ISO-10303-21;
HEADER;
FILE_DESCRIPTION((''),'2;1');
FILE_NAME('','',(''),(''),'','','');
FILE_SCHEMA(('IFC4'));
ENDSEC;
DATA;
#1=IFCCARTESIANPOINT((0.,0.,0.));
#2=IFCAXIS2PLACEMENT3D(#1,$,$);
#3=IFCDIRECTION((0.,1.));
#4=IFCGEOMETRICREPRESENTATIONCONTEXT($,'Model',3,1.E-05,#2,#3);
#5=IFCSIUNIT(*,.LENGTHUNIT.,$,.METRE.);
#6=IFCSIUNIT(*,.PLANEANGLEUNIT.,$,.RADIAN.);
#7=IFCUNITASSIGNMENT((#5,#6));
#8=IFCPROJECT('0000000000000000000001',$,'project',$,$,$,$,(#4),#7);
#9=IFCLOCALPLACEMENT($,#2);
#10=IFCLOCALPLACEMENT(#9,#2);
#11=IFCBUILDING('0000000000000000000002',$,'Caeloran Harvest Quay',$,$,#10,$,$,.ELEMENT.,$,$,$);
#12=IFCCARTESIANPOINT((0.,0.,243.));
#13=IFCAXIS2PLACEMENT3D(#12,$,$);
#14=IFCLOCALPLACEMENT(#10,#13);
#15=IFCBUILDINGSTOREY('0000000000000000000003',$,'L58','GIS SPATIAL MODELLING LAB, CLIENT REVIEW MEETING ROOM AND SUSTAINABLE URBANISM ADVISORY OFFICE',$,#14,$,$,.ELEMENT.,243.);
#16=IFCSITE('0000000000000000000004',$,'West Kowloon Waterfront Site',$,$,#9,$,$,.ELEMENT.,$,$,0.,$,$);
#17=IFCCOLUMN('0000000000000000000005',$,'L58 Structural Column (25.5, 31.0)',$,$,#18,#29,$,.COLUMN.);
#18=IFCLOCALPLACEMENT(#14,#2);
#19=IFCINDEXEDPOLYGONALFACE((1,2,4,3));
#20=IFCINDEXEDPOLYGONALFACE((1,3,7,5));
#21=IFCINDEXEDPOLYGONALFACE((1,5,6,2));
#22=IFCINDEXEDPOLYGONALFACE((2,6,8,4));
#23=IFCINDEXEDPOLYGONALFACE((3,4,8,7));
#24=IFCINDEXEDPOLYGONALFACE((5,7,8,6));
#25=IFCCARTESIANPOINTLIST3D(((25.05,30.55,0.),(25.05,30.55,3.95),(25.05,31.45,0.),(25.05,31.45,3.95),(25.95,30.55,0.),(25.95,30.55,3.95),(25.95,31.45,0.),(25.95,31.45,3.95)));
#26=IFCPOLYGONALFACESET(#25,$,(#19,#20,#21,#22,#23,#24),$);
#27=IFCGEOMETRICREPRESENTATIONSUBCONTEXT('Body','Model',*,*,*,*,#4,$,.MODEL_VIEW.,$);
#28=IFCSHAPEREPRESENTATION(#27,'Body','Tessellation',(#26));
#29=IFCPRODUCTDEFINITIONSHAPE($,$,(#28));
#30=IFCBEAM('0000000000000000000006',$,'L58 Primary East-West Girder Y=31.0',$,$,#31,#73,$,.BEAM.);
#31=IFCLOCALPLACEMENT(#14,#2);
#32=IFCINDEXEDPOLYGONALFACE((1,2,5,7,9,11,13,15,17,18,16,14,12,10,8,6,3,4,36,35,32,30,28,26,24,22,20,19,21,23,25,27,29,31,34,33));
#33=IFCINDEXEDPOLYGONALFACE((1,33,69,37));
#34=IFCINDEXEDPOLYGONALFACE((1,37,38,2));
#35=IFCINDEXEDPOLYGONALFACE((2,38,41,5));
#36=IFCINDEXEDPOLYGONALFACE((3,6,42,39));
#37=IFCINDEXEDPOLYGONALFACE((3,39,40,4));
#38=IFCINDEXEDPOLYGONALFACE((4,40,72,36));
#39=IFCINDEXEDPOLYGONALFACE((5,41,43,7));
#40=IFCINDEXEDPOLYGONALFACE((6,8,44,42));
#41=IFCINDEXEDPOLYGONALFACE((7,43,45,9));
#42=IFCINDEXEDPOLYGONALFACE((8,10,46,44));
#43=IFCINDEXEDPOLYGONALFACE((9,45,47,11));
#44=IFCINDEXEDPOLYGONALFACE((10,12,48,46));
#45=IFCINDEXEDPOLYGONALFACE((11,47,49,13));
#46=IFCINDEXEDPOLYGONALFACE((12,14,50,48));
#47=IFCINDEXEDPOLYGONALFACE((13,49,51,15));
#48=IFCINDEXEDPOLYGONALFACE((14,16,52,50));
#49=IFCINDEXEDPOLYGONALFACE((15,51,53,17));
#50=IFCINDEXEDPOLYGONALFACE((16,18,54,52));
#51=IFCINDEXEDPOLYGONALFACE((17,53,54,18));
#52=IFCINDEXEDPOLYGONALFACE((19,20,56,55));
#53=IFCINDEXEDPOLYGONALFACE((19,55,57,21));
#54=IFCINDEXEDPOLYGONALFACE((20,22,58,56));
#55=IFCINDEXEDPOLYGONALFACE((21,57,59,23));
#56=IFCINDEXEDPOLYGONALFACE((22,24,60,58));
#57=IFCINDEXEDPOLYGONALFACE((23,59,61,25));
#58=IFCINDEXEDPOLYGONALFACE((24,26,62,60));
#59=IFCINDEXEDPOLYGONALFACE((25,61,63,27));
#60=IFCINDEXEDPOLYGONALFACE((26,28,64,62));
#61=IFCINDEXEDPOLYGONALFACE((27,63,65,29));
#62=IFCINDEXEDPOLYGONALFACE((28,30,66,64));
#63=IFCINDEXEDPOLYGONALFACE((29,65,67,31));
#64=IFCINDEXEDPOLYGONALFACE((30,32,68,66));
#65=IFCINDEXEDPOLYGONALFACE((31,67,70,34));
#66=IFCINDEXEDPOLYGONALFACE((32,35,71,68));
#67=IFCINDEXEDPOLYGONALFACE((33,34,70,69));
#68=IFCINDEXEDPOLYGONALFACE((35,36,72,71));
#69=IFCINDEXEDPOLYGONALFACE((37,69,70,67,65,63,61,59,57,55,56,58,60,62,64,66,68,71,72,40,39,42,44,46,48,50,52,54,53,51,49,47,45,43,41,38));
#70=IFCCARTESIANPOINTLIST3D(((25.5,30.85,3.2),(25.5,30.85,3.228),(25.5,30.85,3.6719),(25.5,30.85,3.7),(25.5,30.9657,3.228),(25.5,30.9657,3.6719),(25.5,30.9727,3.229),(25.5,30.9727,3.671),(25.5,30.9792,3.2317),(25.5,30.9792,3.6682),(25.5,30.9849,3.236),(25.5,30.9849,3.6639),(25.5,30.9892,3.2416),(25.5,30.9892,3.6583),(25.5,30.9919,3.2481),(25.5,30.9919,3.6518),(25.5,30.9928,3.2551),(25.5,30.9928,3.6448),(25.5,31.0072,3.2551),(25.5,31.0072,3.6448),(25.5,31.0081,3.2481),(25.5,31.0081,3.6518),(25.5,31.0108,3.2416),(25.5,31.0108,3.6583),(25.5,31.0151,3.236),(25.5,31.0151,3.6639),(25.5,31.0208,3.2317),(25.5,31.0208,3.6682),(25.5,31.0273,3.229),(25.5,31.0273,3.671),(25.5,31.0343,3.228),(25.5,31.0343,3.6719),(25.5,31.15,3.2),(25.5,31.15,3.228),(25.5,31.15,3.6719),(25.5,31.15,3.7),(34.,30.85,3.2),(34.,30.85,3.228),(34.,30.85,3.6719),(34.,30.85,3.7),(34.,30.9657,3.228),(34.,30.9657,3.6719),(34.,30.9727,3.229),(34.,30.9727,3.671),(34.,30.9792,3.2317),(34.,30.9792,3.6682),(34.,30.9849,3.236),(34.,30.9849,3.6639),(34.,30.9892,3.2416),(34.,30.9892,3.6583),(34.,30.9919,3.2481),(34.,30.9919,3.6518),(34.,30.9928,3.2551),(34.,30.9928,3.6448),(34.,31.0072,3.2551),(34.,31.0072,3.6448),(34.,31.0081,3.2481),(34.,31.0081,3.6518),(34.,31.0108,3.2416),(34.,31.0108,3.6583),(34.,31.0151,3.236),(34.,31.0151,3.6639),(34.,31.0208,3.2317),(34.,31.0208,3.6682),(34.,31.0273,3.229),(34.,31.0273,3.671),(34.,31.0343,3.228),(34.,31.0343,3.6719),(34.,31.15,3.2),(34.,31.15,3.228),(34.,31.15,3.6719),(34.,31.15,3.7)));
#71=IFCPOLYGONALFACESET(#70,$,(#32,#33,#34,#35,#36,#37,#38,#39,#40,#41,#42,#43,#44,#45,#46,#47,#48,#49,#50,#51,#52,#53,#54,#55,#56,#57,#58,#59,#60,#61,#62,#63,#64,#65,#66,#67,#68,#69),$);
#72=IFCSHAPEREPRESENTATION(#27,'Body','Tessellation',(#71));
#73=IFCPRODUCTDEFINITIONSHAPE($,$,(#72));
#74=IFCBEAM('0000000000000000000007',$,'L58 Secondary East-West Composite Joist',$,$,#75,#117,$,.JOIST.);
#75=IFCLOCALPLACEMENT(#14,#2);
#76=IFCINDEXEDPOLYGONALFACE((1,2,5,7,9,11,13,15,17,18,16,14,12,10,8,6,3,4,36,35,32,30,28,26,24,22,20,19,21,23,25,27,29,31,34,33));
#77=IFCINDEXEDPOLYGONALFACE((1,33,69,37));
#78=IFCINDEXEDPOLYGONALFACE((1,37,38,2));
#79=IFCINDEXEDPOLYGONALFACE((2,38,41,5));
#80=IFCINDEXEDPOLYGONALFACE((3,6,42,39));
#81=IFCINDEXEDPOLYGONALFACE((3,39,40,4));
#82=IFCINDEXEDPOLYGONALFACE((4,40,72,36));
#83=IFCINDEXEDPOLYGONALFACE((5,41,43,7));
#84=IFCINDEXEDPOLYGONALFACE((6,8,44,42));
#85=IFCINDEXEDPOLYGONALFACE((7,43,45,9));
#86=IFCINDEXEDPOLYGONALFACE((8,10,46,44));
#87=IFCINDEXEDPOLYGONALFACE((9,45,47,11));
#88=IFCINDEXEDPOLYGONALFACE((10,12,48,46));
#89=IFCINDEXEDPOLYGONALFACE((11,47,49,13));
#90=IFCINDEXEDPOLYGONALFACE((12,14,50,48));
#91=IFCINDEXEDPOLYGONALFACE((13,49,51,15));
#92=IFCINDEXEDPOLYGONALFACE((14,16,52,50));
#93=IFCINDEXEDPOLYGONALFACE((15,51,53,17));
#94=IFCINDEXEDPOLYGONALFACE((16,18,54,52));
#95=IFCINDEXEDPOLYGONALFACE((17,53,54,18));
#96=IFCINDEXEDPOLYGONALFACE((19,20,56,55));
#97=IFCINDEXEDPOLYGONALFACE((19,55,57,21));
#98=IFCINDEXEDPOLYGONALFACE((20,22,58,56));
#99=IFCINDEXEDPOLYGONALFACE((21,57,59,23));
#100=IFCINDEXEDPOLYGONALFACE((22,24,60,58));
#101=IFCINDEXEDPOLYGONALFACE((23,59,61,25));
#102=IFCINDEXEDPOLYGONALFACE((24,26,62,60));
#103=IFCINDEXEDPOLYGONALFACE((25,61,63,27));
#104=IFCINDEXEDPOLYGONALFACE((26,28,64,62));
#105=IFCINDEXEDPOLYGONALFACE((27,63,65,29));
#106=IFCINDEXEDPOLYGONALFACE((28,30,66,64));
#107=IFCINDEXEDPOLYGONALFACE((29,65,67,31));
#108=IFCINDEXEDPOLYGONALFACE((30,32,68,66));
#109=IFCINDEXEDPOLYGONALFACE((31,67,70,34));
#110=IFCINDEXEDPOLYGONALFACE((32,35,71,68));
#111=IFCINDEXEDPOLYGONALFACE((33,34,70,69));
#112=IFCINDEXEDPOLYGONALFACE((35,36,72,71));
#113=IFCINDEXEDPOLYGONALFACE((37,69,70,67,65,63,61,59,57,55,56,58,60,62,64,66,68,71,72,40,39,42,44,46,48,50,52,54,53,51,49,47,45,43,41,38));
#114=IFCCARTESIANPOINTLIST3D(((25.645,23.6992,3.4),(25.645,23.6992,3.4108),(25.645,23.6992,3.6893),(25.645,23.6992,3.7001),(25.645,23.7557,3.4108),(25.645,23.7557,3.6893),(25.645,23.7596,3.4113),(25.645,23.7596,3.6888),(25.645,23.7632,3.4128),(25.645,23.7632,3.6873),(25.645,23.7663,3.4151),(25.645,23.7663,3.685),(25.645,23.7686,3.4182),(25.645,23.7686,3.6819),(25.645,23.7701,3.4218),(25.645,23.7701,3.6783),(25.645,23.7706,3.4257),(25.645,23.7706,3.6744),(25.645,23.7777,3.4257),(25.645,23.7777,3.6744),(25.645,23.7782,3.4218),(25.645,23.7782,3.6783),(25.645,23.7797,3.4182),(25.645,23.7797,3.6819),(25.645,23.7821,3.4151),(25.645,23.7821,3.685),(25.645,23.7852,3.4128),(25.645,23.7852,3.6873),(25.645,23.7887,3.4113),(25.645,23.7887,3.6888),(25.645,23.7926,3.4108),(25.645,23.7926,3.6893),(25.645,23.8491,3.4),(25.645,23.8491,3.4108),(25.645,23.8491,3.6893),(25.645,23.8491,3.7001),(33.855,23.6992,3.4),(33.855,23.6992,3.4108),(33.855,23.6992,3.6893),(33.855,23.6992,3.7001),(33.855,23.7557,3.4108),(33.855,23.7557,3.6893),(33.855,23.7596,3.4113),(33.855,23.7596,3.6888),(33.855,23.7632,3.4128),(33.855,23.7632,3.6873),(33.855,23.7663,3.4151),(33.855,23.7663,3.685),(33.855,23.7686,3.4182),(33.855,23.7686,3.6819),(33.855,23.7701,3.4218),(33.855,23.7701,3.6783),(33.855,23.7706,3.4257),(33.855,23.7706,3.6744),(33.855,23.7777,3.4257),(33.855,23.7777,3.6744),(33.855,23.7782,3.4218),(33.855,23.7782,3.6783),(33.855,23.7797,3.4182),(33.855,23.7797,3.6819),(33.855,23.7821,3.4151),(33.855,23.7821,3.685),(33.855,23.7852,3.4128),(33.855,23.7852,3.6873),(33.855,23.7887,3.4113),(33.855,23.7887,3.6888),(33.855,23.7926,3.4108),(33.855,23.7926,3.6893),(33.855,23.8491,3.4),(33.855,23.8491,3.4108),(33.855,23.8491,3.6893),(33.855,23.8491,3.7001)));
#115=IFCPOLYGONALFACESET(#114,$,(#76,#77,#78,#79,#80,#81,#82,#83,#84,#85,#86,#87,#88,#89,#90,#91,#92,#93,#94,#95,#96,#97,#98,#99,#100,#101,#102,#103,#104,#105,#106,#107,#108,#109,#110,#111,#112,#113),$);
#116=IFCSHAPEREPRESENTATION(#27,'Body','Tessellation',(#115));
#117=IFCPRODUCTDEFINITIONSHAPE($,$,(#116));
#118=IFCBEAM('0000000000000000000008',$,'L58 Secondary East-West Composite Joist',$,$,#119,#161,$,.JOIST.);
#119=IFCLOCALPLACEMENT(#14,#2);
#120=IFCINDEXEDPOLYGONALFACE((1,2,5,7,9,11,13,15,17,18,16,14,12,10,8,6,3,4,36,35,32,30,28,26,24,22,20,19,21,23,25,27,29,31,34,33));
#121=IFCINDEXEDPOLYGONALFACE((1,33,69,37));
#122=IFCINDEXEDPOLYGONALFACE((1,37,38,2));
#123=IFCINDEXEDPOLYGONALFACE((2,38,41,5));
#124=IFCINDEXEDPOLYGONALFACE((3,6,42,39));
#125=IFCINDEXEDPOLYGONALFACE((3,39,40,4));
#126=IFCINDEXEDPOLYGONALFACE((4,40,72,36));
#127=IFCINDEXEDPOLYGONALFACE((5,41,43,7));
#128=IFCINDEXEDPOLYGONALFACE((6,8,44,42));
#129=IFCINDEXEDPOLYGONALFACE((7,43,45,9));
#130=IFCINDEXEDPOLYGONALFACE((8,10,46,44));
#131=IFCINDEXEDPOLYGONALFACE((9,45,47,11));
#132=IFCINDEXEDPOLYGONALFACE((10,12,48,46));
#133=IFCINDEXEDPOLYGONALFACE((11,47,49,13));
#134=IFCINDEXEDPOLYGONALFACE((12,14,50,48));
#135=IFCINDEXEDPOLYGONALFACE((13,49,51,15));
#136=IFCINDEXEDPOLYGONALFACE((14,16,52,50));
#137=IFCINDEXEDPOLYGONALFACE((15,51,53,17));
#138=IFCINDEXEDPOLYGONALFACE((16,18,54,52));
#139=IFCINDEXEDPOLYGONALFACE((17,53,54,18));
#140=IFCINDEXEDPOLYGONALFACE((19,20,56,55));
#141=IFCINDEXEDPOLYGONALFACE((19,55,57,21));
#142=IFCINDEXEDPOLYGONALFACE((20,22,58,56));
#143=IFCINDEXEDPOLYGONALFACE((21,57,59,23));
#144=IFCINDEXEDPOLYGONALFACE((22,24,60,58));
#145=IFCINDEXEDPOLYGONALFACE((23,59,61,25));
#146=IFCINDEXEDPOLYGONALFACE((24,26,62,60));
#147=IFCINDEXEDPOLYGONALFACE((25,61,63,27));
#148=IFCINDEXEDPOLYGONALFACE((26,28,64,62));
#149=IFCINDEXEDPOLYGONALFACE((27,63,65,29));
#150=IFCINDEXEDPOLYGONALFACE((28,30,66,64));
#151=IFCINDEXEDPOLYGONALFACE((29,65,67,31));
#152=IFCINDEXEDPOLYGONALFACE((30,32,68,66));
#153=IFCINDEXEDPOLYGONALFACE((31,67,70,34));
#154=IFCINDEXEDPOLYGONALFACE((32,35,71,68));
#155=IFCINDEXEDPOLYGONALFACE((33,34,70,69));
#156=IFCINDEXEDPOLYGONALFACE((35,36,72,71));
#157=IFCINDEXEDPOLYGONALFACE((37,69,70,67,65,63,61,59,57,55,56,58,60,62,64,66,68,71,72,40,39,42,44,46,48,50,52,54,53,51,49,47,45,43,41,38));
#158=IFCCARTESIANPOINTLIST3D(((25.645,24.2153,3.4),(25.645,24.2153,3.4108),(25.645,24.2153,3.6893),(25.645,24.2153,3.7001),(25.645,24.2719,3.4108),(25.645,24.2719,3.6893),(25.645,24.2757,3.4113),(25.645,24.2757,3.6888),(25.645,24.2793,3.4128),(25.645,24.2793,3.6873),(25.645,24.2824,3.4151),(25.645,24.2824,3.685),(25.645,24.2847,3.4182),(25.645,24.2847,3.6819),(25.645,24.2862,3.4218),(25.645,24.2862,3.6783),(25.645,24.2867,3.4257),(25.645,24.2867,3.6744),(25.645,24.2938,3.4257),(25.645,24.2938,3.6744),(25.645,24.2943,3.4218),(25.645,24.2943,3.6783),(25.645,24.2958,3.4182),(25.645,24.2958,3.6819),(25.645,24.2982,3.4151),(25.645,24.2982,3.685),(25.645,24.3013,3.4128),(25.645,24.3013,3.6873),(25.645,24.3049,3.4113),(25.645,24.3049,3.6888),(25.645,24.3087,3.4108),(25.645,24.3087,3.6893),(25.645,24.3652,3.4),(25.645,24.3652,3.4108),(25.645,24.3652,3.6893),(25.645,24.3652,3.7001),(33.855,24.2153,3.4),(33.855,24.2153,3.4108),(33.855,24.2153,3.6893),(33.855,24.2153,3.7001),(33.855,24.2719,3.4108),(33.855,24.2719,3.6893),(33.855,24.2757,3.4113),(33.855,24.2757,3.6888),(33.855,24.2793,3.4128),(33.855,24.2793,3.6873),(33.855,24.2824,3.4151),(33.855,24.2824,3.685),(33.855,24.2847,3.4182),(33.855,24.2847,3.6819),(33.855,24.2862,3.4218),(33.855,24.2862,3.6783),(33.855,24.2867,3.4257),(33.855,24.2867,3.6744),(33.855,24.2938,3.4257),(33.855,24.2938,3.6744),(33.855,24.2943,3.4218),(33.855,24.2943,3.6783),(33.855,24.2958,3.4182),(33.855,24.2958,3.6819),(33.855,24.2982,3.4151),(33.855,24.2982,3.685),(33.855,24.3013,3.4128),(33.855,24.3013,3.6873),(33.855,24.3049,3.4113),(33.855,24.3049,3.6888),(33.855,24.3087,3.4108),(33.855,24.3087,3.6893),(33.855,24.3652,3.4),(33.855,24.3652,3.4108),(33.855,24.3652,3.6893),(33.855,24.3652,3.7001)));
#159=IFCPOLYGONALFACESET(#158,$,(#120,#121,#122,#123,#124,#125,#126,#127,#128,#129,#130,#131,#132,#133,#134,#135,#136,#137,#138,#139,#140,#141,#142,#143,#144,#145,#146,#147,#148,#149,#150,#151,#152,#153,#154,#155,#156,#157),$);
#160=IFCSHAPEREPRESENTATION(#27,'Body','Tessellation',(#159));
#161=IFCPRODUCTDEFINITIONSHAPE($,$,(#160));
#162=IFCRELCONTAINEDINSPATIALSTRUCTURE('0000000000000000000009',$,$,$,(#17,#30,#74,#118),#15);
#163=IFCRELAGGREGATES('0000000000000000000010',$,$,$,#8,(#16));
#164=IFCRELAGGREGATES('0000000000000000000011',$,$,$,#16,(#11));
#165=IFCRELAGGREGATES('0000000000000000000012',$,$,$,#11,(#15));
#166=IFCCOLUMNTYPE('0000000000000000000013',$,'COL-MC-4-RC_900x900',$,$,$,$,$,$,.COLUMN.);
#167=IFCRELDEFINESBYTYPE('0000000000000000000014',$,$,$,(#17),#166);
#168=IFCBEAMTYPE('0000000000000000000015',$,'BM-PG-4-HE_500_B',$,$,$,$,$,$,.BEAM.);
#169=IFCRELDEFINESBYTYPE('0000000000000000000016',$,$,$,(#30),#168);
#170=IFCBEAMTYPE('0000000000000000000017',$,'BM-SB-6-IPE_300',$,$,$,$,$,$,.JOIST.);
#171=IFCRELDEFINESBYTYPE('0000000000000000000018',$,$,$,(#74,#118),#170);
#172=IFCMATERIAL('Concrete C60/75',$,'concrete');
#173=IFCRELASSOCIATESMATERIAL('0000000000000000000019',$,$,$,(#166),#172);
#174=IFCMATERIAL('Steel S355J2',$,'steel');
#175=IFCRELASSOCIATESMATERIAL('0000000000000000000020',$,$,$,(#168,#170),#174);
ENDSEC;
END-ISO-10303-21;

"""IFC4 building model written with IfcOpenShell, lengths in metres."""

from ifc_helpers import new_model, si_unit, direction, frame, origin, origin_2d, place, context, subcontext, project, spatial, rectangle, i_section, extrude, material, material_profile, profile_set, type_object, element, save


model = new_model("IFC4")

# Units and contexts
model_context = context("Model", 3, precision=1e-05, world=origin(), true_north=direction((0.0, 1.0)))
body_context = subcontext(model_context, "Body", "Model", "MODEL_VIEW")
ifc_project = project(units=[si_unit("LENGTHUNIT", "METRE"), si_unit("PLANEANGLEUNIT", "RADIAN")], contexts=[model_context])

# Site, building, storey
site_placement = place(None, origin())
site = spatial("IfcSite", under=ifc_project, at=site_placement, Name="West Kowloon Waterfront Site", CompositionType="ELEMENT", RefElevation=0.0)
building_placement = place(site_placement, origin())
building = spatial("IfcBuilding", under=site, at=building_placement, Name="Caeloran Harvest Quay", CompositionType="ELEMENT")
storey_placement = place(building_placement, frame((0.0, 0.0, 243.0)))
storey = spatial("IfcBuildingStorey", under=building, at=storey_placement, Name="L58", Description="GIS SPATIAL MODELLING LAB, CLIENT REVIEW MEETING ROOM AND SUSTAINABLE URBANISM ADVISORY OFFICE", CompositionType="ELEMENT", Elevation=243.0)

# Column
ifc_material_1 = material(Name="Concrete C60/75", Category="concrete")
ifc_material_profile_1 = material_profile(ifc_material_1, rectangle(XDim=0.8999, YDim=0.8999, at=origin_2d()), Name="RC 900x900")
ifc_profile_set_1 = profile_set([ifc_material_profile_1], Name="Concrete C60/75")
column_type = type_object("IfcColumnType", Name="COL-MC-4-RC_900x900", PredefinedType="COLUMN", material=ifc_profile_set_1)
column_placement = place(storey_placement, frame((25.5, 31.0, 0.0), z_axis=(0.0, 0.0, 1.0), x_axis=(1.0, 0.0, 0.0)))
element("IfcColumn", 1, at=column_placement, inside=storey, type_object=column_type, Name="L58 Structural Column (25.5, 31.0)", PredefinedType="COLUMN", context=body_context, shape_type="SweptSolid", body=[
    extrude(rectangle(XDim=0.8999, YDim=0.8999, at=origin_2d()), origin(), (0.0, 0.0, 1.0), 3.95),
])

# Beams
ifc_material_2 = material(Name="Steel S355J2", Category="steel")
ifc_material_profile_2 = material_profile(ifc_material_2, i_section(OverallWidth=0.3, OverallDepth=0.5, WebThickness=0.0144, FlangeThickness=0.0281, FilletRadius=0.0271, at=origin_2d()), Name="HE 500 B")
ifc_profile_set_2 = profile_set([ifc_material_profile_2], Name="Steel S355J2")
beam_type_1 = type_object("IfcBeamType", Name="BM-PG-4-HE_500_B", PredefinedType="BEAM", material=ifc_profile_set_2)
beam_1_placement = place(storey_placement, frame((25.5, 31.0, 3.45), z_axis=(1.0, 0.0, 0.0), x_axis=(0.0, 1.0, 0.0)))
element("IfcBeam", 2, at=beam_1_placement, inside=storey, type_object=beam_type_1, Name="L58 Primary East-West Girder Y=31.0", PredefinedType="BEAM", context=body_context, shape_type="SweptSolid", body=[
    extrude(i_section(OverallWidth=0.3, OverallDepth=0.5, WebThickness=0.0144, FlangeThickness=0.0281, FilletRadius=0.0271, at=origin_2d()), origin(), (0.0, 0.0, 1.0), 8.5),
])
ifc_material_profile_3 = material_profile(ifc_material_2, i_section(OverallWidth=0.1499, OverallDepth=0.3, WebThickness=0.0071, FlangeThickness=0.0107, FilletRadius=0.0149, at=origin_2d()), Name="IPE 300")
ifc_profile_set_3 = profile_set([ifc_material_profile_3], Name="Steel S355J2")
beam_type_2 = type_object("IfcBeamType", Name="BM-SB-6-IPE_300", PredefinedType="JOIST", material=ifc_profile_set_3)
for number, where, z_axis, x_axis, name in (
    (3, (25.645, 23.7742, 3.55), (1.0, 0.0, 0.0), (0.0, 1.0, 0.0), "L58 Secondary East-West Composite Joist"),
    (4, (25.645, 24.2903, 3.55), (1.0, 0.0, 0.0), (0.0, 1.0, 0.0), "L58 Secondary East-West Composite Joist"),
):
    element("IfcBeam", number, at=place(storey_placement, frame(where, z_axis=z_axis, x_axis=x_axis)), inside=storey, type_object=beam_type_2, Name=name, PredefinedType="JOIST", context=body_context, shape_type="SweptSolid", body=[
        extrude(i_section(OverallWidth=0.1499, OverallDepth=0.3, WebThickness=0.0071, FlangeThickness=0.0107, FilletRadius=0.0149, at=origin_2d()), origin(), (0.0, 0.0, 1.0), 8.21),
    ])

save(model, "model.ifc")
